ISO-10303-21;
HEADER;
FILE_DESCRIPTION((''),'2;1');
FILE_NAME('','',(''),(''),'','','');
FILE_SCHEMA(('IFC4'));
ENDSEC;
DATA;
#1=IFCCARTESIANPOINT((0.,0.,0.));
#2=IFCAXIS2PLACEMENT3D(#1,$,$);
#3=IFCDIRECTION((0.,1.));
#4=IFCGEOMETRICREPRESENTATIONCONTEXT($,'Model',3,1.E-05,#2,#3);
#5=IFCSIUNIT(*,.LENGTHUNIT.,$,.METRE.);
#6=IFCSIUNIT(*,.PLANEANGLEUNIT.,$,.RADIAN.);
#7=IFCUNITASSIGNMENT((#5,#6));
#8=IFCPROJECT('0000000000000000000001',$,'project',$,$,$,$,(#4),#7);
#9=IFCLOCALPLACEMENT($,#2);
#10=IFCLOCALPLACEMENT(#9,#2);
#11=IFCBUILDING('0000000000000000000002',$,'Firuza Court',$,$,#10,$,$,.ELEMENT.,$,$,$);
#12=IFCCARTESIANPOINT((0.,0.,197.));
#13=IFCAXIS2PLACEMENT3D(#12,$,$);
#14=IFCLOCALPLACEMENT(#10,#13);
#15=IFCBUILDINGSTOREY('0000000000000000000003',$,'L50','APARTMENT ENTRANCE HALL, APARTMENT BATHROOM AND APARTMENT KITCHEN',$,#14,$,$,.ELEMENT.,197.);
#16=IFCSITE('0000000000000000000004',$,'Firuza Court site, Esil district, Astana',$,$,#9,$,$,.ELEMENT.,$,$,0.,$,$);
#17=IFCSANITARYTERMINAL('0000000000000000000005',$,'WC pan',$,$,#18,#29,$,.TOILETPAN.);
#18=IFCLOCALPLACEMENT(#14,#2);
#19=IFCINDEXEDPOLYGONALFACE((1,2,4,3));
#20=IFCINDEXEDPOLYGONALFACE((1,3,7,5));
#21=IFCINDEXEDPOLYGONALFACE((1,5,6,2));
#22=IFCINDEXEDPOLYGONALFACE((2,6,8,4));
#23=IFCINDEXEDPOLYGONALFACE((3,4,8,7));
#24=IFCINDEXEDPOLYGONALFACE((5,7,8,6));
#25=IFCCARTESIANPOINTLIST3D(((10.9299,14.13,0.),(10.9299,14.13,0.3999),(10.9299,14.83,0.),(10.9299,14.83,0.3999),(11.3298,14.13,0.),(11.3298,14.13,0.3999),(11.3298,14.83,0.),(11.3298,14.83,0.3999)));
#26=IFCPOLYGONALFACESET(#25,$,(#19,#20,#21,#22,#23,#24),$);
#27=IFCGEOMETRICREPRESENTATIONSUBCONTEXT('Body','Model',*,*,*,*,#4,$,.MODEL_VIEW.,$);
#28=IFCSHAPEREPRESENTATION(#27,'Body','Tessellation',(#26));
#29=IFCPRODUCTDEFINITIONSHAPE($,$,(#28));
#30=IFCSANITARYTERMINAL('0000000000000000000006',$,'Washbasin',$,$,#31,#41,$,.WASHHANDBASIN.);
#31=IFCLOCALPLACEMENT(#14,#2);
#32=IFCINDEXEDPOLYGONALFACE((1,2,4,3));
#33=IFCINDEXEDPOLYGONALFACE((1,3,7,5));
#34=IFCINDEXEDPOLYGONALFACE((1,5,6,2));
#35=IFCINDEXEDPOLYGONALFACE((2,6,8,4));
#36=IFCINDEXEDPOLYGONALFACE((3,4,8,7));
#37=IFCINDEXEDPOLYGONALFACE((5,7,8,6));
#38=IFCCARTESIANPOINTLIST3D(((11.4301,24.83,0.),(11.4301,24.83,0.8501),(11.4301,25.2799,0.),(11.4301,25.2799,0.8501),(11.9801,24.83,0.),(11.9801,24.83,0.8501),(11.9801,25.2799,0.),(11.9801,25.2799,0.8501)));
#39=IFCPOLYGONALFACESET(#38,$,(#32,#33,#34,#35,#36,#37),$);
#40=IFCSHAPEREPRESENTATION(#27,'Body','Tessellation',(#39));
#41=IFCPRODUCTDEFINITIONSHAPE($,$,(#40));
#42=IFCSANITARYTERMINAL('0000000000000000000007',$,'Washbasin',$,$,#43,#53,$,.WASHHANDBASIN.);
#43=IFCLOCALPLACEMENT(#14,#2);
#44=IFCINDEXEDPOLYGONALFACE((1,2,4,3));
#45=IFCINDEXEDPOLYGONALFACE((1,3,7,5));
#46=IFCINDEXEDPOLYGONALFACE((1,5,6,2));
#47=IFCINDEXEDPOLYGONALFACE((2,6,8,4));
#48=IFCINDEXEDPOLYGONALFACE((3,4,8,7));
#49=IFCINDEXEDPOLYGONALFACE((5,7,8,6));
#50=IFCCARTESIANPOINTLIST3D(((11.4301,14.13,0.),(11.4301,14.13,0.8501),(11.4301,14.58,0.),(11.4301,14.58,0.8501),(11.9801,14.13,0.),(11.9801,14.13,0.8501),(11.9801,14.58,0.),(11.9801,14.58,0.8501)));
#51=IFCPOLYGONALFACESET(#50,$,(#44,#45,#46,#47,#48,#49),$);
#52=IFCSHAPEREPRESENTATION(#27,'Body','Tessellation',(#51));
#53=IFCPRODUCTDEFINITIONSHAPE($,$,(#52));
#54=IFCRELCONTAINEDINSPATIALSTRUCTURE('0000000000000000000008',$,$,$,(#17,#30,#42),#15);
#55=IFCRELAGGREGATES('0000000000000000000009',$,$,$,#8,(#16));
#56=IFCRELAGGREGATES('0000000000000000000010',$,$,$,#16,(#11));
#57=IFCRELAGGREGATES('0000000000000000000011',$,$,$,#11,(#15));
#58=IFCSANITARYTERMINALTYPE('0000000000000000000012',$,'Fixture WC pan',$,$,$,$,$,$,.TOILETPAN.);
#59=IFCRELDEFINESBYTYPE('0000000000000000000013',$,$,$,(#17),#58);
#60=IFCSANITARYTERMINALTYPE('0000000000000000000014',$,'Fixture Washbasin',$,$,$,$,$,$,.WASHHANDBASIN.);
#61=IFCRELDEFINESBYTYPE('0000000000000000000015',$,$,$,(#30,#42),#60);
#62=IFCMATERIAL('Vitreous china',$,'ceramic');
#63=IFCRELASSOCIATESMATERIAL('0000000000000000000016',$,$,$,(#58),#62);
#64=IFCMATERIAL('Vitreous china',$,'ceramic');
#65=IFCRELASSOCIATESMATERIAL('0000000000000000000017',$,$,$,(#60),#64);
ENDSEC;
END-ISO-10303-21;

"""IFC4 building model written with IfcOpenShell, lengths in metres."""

from ifc_helpers import new_model, si_unit, direction, frame, origin, origin_2d, place, context, subcontext, project, spatial, rectangle, extrude, material, type_object, element, save


model = new_model("IFC4")

# Units and contexts
model_context = context("Model", 3, precision=1e-05, world=origin(), true_north=direction((0.0, 1.0)))
body_context = subcontext(model_context, "Body", "Model", "MODEL_VIEW")
ifc_project = project(units=[si_unit("LENGTHUNIT", "METRE"), si_unit("PLANEANGLEUNIT", "RADIAN")], contexts=[model_context])

# Site, building, storey
site_placement = place(None, origin())
site = spatial("IfcSite", under=ifc_project, at=site_placement, Name="Firuza Court site, Esil district, Astana", CompositionType="ELEMENT", RefElevation=0.0)
building_placement = place(site_placement, origin())
building = spatial("IfcBuilding", under=site, at=building_placement, Name="Firuza Court", CompositionType="ELEMENT")
storey_placement = place(building_placement, frame((0.0, 0.0, 197.0)))
storey = spatial("IfcBuildingStorey", under=building, at=storey_placement, Name="L50", Description="APARTMENT ENTRANCE HALL, APARTMENT BATHROOM AND APARTMENT KITCHEN", CompositionType="ELEMENT", Elevation=197.0)

# Sanitary terminals
ifc_material_1 = material(Name="Vitreous china", Category="ceramic")
sanitary_terminal_type_1 = type_object("IfcSanitaryTerminalType", Name="Fixture WC pan", PredefinedType="TOILETPAN", material=ifc_material_1)
for number, where, z_axis, x_axis, name in (
    (1, (11.1299, 14.48, 0.0), (0.0, 0.0, 1.0), (1.0, 0.0, 0.0), "WC pan"),
):
    element("IfcSanitaryTerminal", number, at=place(storey_placement, frame(where, z_axis=z_axis, x_axis=x_axis)), inside=storey, type_object=sanitary_terminal_type_1, Name=name, PredefinedType="TOILETPAN", context=body_context, shape_type="SweptSolid", body=[
        extrude(rectangle(XDim=0.3999, YDim=0.7, at=origin_2d()), origin(), (0.0, 0.0, 1.0), 0.3999),
    ])
ifc_material_2 = material(Name="Vitreous china", Category="ceramic")
sanitary_terminal_type_2 = type_object("IfcSanitaryTerminalType", Name="Fixture Washbasin", PredefinedType="WASHHANDBASIN", material=ifc_material_2)
for number, where, z_axis, x_axis, name in (
    (2, (11.7051, 25.0549, 0.0), (0.0, 0.0, 1.0), (1.0, 0.0, 0.0), "Washbasin"),
    (3, (11.7051, 14.355, 0.0), (0.0, 0.0, 1.0), (1.0, 0.0, 0.0), "Washbasin"),
):
    element("IfcSanitaryTerminal", number, at=place(storey_placement, frame(where, z_axis=z_axis, x_axis=x_axis)), inside=storey, type_object=sanitary_terminal_type_2, Name=name, PredefinedType="WASHHANDBASIN", context=body_context, shape_type="SweptSolid", body=[
        extrude(rectangle(XDim=0.55, YDim=0.45, at=origin_2d()), origin(), (0.0, 0.0, 1.0), 0.8501),
    ])

save(model, "model.ifc")
